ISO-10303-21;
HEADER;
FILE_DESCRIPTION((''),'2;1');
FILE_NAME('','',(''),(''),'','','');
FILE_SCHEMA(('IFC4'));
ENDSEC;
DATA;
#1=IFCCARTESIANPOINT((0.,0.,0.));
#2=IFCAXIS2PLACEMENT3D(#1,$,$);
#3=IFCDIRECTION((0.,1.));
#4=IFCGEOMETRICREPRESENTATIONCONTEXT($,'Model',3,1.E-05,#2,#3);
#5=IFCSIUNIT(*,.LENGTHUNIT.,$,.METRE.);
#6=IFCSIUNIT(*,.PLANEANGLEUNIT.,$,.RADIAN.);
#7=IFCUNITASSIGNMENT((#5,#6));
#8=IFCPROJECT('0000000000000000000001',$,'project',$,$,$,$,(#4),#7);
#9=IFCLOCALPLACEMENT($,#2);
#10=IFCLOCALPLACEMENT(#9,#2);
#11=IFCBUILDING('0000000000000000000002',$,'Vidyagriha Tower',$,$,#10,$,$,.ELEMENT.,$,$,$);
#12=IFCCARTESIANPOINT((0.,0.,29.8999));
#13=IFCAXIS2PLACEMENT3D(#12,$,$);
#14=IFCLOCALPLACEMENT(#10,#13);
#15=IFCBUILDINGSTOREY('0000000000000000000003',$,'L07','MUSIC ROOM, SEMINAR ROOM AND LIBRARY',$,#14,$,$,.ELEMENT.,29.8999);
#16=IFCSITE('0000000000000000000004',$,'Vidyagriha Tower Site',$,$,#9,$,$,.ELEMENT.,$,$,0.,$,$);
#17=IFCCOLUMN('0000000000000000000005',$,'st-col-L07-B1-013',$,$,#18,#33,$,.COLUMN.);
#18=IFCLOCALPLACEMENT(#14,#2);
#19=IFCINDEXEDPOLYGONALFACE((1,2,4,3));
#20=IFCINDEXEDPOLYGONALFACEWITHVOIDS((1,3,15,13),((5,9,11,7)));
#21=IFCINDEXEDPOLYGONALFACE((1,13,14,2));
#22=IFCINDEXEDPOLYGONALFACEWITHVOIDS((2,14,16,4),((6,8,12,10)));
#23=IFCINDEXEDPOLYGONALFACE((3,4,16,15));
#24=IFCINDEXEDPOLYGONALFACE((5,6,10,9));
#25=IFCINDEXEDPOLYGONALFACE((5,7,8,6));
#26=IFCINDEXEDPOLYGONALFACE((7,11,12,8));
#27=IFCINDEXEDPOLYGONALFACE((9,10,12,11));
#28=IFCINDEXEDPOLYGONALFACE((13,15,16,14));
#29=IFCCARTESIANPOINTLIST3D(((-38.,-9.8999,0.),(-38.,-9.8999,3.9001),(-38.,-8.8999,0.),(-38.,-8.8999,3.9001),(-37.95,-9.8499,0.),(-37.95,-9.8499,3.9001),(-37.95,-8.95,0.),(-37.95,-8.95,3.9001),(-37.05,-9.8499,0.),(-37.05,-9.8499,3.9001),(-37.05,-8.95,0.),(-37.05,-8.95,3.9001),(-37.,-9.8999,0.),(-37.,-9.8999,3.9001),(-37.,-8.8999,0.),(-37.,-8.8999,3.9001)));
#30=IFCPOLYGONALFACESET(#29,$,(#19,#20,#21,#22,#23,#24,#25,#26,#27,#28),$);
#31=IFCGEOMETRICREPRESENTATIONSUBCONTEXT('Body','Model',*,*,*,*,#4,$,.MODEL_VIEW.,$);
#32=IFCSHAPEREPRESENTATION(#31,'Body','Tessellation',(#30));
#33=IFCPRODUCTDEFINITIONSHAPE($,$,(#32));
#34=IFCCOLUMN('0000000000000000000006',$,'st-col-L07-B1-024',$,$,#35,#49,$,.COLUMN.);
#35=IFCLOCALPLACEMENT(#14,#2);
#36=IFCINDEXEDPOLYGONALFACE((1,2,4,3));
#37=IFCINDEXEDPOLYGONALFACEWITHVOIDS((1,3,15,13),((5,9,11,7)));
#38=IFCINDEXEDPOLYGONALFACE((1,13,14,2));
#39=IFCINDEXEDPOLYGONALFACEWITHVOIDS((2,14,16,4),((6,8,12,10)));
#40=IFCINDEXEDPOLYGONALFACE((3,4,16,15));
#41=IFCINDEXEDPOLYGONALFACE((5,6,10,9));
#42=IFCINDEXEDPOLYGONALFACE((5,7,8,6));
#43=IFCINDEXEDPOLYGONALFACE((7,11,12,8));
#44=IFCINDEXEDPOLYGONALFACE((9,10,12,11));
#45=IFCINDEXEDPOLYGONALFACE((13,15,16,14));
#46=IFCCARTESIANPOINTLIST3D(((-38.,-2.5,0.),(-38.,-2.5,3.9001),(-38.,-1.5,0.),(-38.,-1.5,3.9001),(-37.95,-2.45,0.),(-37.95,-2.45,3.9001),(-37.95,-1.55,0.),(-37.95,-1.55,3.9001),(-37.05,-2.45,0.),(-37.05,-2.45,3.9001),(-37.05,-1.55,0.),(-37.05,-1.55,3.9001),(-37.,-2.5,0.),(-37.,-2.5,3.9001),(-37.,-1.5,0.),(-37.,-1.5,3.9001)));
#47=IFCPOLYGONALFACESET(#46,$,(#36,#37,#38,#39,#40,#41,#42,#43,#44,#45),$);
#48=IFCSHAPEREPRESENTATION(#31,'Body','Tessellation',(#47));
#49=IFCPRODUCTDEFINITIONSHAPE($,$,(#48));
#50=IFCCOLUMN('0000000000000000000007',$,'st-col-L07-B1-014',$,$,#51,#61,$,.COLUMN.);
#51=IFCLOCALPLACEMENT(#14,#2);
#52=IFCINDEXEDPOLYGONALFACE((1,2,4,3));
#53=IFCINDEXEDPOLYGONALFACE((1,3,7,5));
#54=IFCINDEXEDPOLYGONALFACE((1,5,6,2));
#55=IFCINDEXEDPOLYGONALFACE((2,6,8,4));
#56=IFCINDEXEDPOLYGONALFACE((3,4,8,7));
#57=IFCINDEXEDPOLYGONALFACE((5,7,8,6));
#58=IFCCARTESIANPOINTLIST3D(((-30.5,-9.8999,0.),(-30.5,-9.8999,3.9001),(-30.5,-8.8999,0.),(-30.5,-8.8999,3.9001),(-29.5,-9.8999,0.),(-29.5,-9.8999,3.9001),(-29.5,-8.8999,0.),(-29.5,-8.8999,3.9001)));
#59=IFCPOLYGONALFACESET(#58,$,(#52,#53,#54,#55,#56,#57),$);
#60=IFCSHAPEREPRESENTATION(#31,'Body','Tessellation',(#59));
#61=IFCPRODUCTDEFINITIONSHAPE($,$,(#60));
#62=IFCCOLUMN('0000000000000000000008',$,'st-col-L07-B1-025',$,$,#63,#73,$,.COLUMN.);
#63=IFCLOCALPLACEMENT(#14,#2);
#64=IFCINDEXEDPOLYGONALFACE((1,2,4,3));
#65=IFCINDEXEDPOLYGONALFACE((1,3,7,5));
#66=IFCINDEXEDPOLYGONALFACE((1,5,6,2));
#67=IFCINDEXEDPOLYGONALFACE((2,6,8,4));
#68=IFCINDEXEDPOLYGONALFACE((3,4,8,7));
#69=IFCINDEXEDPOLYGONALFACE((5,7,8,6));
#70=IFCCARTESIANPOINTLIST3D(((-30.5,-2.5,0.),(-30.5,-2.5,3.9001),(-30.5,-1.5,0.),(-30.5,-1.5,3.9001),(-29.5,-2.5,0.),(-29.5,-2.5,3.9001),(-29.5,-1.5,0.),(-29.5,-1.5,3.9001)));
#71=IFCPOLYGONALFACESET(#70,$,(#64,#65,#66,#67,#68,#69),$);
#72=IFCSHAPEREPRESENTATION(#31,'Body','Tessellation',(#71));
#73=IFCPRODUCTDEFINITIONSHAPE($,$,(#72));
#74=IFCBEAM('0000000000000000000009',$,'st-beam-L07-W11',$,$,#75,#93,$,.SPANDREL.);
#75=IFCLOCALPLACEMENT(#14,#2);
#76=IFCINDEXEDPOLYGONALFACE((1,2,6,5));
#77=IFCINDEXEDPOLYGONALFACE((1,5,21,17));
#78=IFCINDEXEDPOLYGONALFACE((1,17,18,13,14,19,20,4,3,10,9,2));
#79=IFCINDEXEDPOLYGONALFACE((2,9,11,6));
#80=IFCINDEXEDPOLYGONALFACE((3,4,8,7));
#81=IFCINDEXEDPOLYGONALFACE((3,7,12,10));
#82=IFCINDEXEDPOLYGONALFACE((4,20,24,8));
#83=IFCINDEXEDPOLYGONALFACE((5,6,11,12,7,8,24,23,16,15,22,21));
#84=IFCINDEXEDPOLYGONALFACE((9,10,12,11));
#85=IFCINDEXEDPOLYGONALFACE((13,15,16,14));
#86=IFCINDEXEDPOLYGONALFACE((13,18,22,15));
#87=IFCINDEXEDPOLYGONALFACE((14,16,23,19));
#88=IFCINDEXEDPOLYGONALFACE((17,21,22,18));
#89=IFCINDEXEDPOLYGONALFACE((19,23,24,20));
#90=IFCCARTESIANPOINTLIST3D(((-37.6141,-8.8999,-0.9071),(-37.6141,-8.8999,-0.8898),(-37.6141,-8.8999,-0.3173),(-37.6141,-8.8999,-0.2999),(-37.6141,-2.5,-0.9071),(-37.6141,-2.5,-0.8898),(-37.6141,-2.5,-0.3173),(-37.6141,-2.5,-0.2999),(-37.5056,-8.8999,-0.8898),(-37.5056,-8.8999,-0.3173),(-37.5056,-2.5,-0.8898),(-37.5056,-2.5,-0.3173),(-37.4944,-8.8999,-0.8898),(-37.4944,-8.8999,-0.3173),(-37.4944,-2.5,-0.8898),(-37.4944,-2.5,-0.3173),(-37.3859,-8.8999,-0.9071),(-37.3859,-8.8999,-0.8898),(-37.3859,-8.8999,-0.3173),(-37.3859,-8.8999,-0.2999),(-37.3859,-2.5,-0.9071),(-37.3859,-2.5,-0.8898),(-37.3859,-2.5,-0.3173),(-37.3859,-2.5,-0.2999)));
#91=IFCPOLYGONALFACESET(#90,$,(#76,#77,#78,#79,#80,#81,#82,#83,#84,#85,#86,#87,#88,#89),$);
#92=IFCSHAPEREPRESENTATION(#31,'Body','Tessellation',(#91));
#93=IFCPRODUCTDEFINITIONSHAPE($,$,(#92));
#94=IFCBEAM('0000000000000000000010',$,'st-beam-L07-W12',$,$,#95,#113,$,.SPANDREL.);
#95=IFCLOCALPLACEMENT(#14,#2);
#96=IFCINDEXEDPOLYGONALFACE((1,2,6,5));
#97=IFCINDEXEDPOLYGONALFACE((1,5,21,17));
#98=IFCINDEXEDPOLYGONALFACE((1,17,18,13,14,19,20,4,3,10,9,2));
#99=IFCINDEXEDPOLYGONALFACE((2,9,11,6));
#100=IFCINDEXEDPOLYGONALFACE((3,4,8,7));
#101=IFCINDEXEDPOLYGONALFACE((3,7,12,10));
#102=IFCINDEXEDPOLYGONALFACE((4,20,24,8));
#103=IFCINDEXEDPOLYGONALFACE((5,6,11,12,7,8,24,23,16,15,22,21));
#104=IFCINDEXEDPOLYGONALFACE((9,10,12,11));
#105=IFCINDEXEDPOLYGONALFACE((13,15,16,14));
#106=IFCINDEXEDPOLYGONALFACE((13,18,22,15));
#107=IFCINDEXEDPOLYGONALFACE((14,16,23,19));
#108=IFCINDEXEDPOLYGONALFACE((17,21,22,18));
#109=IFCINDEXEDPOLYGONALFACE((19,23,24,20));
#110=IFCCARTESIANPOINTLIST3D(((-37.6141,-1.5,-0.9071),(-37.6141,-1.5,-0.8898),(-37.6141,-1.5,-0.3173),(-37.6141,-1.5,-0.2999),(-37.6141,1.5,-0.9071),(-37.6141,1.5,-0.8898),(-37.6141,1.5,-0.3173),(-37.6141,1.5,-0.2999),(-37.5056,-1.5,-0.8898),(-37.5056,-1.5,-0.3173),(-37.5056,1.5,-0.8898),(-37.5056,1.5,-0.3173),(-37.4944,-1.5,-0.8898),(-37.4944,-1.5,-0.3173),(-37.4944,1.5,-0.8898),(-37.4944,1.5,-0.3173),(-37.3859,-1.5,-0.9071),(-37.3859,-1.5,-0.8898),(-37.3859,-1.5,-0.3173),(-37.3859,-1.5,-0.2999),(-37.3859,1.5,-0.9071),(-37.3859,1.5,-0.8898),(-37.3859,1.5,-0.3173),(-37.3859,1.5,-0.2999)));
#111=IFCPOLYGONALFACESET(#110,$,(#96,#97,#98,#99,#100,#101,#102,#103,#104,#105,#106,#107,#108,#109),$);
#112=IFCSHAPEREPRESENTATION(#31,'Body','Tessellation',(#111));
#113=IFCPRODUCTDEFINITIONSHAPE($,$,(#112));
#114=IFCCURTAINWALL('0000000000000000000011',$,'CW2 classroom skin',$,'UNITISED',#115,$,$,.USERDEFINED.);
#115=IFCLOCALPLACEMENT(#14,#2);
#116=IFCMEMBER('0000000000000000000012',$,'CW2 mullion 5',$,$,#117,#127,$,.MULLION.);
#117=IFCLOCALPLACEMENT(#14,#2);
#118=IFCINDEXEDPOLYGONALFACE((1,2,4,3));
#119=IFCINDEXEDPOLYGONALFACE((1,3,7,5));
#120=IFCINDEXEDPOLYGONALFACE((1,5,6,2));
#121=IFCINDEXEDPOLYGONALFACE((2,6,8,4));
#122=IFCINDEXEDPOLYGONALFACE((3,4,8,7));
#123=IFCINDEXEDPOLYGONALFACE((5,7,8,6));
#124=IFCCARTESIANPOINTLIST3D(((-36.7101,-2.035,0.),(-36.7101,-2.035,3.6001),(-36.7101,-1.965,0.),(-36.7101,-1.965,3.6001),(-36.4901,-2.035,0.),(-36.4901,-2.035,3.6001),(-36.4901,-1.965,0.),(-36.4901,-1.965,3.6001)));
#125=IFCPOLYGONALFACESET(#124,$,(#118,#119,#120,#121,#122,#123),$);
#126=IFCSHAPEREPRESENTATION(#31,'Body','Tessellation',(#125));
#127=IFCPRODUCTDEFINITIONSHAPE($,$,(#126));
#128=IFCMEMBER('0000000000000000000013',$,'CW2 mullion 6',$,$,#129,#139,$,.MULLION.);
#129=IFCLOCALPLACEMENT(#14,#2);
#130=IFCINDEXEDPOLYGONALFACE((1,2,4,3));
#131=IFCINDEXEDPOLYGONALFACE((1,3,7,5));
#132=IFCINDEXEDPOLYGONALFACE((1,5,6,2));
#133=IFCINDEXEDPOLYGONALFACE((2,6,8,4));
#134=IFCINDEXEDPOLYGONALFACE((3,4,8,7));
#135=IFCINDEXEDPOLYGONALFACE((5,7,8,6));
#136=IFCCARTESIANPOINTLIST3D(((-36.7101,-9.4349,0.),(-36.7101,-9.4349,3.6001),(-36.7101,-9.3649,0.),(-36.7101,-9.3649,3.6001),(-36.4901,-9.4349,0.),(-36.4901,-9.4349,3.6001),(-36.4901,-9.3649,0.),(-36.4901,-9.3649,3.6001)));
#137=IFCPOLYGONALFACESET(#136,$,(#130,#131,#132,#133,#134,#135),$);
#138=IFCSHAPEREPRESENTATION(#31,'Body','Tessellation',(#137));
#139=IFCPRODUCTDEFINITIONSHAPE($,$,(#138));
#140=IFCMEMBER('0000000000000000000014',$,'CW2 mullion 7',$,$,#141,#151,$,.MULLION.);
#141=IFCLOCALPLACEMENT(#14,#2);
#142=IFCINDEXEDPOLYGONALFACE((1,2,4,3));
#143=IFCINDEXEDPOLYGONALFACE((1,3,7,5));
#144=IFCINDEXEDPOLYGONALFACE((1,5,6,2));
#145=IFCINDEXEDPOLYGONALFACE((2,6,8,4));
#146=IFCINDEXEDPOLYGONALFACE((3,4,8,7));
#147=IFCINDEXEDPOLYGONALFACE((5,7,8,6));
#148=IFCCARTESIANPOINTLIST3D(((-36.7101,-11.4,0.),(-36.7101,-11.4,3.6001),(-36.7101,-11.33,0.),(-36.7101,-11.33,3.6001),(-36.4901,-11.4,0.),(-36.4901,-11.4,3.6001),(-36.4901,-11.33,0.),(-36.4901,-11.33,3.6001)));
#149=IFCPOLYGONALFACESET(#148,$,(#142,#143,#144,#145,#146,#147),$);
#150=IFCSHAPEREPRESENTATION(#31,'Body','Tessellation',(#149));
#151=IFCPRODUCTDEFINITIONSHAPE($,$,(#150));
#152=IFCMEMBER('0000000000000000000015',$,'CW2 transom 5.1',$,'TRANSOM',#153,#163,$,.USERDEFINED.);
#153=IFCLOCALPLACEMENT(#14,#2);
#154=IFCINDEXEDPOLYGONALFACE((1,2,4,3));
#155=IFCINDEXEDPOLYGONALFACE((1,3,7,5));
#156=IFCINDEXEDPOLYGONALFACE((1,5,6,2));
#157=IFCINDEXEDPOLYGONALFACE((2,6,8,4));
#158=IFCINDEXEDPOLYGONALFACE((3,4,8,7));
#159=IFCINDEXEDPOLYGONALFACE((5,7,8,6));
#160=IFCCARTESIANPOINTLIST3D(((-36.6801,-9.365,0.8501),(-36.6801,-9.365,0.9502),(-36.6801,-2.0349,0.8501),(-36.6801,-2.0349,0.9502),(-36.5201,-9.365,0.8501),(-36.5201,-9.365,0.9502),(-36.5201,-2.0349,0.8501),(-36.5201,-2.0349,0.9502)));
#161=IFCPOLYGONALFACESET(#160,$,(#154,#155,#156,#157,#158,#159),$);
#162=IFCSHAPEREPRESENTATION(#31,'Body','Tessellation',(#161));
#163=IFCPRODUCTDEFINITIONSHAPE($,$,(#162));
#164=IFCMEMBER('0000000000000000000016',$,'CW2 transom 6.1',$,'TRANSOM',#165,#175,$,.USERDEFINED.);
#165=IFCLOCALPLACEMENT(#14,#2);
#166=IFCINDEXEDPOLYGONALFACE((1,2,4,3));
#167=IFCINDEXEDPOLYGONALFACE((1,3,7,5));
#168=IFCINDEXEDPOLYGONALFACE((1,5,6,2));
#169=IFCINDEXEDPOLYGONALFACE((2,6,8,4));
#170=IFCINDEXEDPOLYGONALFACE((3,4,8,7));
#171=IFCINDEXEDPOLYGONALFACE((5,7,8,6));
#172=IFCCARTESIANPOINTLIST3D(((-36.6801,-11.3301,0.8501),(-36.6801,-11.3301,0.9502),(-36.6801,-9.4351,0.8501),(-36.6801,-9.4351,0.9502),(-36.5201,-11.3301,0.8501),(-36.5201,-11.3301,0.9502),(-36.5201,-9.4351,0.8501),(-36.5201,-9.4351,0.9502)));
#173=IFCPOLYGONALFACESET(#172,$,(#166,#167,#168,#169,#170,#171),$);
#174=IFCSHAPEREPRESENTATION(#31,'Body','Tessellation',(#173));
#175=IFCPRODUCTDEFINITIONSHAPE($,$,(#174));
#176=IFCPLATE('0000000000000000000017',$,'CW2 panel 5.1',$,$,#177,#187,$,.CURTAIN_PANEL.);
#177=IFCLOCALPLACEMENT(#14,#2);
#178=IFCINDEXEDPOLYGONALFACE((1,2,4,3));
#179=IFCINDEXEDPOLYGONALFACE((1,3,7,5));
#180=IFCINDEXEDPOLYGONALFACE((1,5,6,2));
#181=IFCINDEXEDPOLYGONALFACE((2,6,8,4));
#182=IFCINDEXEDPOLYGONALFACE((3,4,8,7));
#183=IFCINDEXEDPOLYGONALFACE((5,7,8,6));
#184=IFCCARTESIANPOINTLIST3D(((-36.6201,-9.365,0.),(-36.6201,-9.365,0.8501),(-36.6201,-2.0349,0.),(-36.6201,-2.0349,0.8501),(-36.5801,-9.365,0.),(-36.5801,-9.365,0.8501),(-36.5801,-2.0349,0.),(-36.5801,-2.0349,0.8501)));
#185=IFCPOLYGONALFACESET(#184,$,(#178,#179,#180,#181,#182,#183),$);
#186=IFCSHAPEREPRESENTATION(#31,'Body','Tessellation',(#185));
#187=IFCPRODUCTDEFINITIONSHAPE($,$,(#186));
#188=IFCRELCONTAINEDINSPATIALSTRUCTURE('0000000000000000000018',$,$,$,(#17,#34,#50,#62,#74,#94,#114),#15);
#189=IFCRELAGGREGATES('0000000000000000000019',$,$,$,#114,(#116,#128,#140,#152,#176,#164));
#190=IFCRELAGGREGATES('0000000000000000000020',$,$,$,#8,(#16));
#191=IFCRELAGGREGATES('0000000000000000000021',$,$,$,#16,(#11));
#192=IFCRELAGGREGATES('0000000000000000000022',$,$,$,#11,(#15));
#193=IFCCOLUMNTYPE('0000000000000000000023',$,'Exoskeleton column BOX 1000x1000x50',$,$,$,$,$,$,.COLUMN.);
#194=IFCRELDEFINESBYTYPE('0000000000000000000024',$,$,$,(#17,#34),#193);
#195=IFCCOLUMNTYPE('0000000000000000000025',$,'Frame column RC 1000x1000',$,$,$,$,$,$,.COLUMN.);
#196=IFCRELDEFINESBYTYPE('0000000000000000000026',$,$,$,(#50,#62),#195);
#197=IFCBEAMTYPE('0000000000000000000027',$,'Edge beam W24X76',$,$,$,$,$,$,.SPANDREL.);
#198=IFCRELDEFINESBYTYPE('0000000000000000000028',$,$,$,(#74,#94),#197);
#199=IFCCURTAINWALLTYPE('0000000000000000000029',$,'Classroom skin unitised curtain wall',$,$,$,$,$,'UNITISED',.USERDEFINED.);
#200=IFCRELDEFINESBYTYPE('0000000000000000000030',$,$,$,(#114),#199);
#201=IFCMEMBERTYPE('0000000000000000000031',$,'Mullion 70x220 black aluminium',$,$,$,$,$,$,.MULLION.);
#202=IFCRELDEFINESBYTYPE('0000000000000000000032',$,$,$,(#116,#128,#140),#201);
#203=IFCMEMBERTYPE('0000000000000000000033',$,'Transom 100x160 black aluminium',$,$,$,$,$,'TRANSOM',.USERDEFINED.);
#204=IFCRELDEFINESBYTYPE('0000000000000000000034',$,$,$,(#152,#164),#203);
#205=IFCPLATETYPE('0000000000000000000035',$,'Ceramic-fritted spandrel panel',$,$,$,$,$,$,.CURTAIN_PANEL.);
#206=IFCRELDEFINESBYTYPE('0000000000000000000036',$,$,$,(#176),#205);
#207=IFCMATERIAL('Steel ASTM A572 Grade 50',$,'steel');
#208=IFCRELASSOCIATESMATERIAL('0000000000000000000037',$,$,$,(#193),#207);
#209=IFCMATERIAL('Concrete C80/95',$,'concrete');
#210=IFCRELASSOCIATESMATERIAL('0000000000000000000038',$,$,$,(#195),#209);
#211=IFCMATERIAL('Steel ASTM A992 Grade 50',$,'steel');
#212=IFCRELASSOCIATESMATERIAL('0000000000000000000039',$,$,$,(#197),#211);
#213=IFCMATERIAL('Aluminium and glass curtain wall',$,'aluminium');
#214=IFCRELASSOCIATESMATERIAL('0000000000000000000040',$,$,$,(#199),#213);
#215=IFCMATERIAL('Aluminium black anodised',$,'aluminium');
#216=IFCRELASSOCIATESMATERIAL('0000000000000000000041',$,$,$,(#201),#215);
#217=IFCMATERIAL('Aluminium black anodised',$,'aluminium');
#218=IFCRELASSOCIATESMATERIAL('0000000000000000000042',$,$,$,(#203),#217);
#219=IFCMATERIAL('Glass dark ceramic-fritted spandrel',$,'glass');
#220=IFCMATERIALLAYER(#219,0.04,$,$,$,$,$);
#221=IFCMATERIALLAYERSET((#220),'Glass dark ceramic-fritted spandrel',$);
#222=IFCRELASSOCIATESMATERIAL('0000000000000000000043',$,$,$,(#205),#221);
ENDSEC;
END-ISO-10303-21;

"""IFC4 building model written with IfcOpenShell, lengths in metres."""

from ifc_helpers import new_model, si_unit, direction, frame, origin, origin_2d, place, context, subcontext, project, spatial, rectangle, hollow_rectangle, i_section, extrude, material, layer, layer_set, material_profile, profile_set, type_object, element, aggregate, save


model = new_model("IFC4")

# Units and contexts
model_context = context("Model", 3, precision=1e-05, world=origin(), true_north=direction((0.0, 1.0)))
body_context = subcontext(model_context, "Body", "Model", "MODEL_VIEW")
ifc_project = project(units=[si_unit("LENGTHUNIT", "METRE"), si_unit("PLANEANGLEUNIT", "RADIAN")], contexts=[model_context])

# Site, building, storey
site_placement = place(None, origin())
site = spatial("IfcSite", under=ifc_project, at=site_placement, Name="Vidyagriha Tower Site", CompositionType="ELEMENT", RefElevation=0.0)
building_placement = place(site_placement, origin())
building = spatial("IfcBuilding", under=site, at=building_placement, Name="Vidyagriha Tower", CompositionType="ELEMENT")
storey_placement = place(building_placement, frame((0.0, 0.0, 29.8999)))
storey = spatial("IfcBuildingStorey", under=building, at=storey_placement, Name="L07", Description="MUSIC ROOM, SEMINAR ROOM AND LIBRARY", CompositionType="ELEMENT", Elevation=29.8999)

# Columns
ifc_material_1 = material(Name="Steel ASTM A572 Grade 50", Category="steel")
ifc_material_profile_1 = material_profile(ifc_material_1, hollow_rectangle(XDim=1.0, YDim=1.0, WallThickness=0.05, at=origin_2d()), Name="BOX 1000x1000x50")
ifc_profile_set_1 = profile_set([ifc_material_profile_1], Name="Steel ASTM A572 Grade 50")
column_type_1 = type_object("IfcColumnType", Name="Exoskeleton column BOX 1000x1000x50", PredefinedType="COLUMN", material=ifc_profile_set_1)
for number, where, name in (
    (1, (-37.5, -9.3999, 0.0), "st-col-L07-B1-013"),
    (2, (-37.5, -2.0, 0.0), "st-col-L07-B1-024"),
):
    element("IfcColumn", number, at=place(storey_placement, frame(where)), inside=storey, type_object=column_type_1, Name=name, PredefinedType="COLUMN", context=body_context, shape_type="SweptSolid", body=[
        extrude(hollow_rectangle(XDim=1.0, YDim=1.0, WallThickness=0.05, at=origin_2d()), origin(), (0.0, 0.0, 1.0), 3.9001),
    ])
ifc_material_2 = material(Name="Concrete C80/95", Category="concrete")
ifc_material_profile_2 = material_profile(ifc_material_2, rectangle(XDim=1.0, YDim=1.0, at=origin_2d()), Name="RC 1000x1000")
ifc_profile_set_2 = profile_set([ifc_material_profile_2], Name="Concrete C80/95")
column_type_2 = type_object("IfcColumnType", Name="Frame column RC 1000x1000", PredefinedType="COLUMN", material=ifc_profile_set_2)
for number, where, name in (
    (3, (-30.0, -9.3999, 0.0), "st-col-L07-B1-014"),
    (4, (-30.0, -2.0, 0.0), "st-col-L07-B1-025"),
):
    element("IfcColumn", number, at=place(storey_placement, frame(where)), inside=storey, type_object=column_type_2, Name=name, PredefinedType="COLUMN", context=body_context, shape_type="SweptSolid", body=[
        extrude(rectangle(XDim=1.0, YDim=1.0, at=origin_2d()), origin(), (0.0, 0.0, 1.0), 3.9001),
    ])

# Beams
ifc_material_3 = material(Name="Steel ASTM A992 Grade 50", Category="steel")
ifc_material_profile_3 = material_profile(ifc_material_3, i_section(OverallWidth=0.2283, OverallDepth=0.6072, WebThickness=0.0112, FlangeThickness=0.0173, at=origin_2d()), Name="W24X76")
ifc_profile_set_3 = profile_set([ifc_material_profile_3], Name="Steel ASTM A992 Grade 50")
beam_type = type_object("IfcBeamType", Name="Edge beam W24X76", PredefinedType="SPANDREL", material=ifc_profile_set_3)
beam_1_placement = place(storey_placement, frame((-37.5, -8.8999, -0.6035), z_axis=(0.0, 1.0, 0.0), x_axis=(-1.0, 0.0, 0.0)))
element("IfcBeam", 5, at=beam_1_placement, inside=storey, type_object=beam_type, Name="st-beam-L07-W11", PredefinedType="SPANDREL", context=body_context, shape_type="SweptSolid", body=[
    extrude(i_section(OverallWidth=0.2283, OverallDepth=0.6072, WebThickness=0.0112, FlangeThickness=0.0173, at=origin_2d()), origin(), (0.0, 0.0, 1.0), 6.3999),
])
beam_2_placement = place(storey_placement, frame((-37.5, -1.5, -0.6035), z_axis=(0.0, 1.0, 0.0), x_axis=(-1.0, 0.0, 0.0)))
element("IfcBeam", 6, at=beam_2_placement, inside=storey, type_object=beam_type, Name="st-beam-L07-W12", PredefinedType="SPANDREL", context=body_context, shape_type="SweptSolid", body=[
    extrude(i_section(OverallWidth=0.2283, OverallDepth=0.6072, WebThickness=0.0112, FlangeThickness=0.0173, at=origin_2d()), origin(), (0.0, 0.0, 1.0), 3.0),
])

# Curtain wall, members, plate
ifc_material_4 = material(Name="Aluminium and glass curtain wall", Category="aluminium")
curtain_wall_type = type_object("IfcCurtainWallType", Name="Classroom skin unitised curtain wall", ElementType="UNITISED", PredefinedType="USERDEFINED", material=ifc_material_4)
curtain_wall_placement = place(storey_placement, origin())
curtain_wall = element("IfcCurtainWall", 7, at=curtain_wall_placement, inside=storey, type_object=curtain_wall_type, Name="CW2 classroom skin", ObjectType="UNITISED", PredefinedType="USERDEFINED")
ifc_material_5 = material(Name="Aluminium black anodised", Category="aluminium")
ifc_material_profile_4 = material_profile(ifc_material_5, rectangle(XDim=0.22, YDim=0.0701, at=origin_2d()), Name="Mullion 70x220 black aluminium")
ifc_profile_set_4 = profile_set([ifc_material_profile_4], Name="Aluminium black anodised")
member_type_1 = type_object("IfcMemberType", Name="Mullion 70x220 black aluminium", PredefinedType="MULLION", material=ifc_profile_set_4)
member_1_placement = place(storey_placement, frame((-36.6001, -2.0, 0.0)))
member_1 = element("IfcMember", 8, at=member_1_placement, type_object=member_type_1, Name="CW2 mullion 5", PredefinedType="MULLION", context=body_context, shape_type="SweptSolid", body=[
    extrude(rectangle(XDim=0.22, YDim=0.0701, at=origin_2d()), origin(), (0.0, 0.0, 1.0), 3.6001),
])
member_2_placement = place(storey_placement, frame((-36.6001, -9.3999, 0.0)))
member_2 = element("IfcMember", 9, at=member_2_placement, type_object=member_type_1, Name="CW2 mullion 6", PredefinedType="MULLION", context=body_context, shape_type="SweptSolid", body=[
    extrude(rectangle(XDim=0.22, YDim=0.0701, at=origin_2d()), origin(), (0.0, 0.0, 1.0), 3.6001),
])
member_3_placement = place(storey_placement, frame((-36.6001, -11.365, 0.0)))
member_3 = element("IfcMember", 10, at=member_3_placement, type_object=member_type_1, Name="CW2 mullion 7", PredefinedType="MULLION", context=body_context, shape_type="SweptSolid", body=[
    extrude(rectangle(XDim=0.22, YDim=0.0701, at=origin_2d()), origin(), (0.0, 0.0, 1.0), 3.6001),
])
ifc_material_6 = material(Name="Aluminium black anodised", Category="aluminium")
ifc_material_profile_5 = material_profile(ifc_material_6, rectangle(XDim=0.1599, YDim=0.1001, at=origin_2d()), Name="Transom 100x160 black aluminium")
ifc_profile_set_5 = profile_set([ifc_material_profile_5], Name="Aluminium black anodised")
member_type_2 = type_object("IfcMemberType", Name="Transom 100x160 black aluminium", ElementType="TRANSOM", PredefinedType="USERDEFINED", material=ifc_profile_set_5)
member_4_placement = place(storey_placement, frame((-36.6001, -2.0349, 0.9001), z_axis=(0.0, -1.0, 0.0), x_axis=(1.0, 0.0, 0.0)))
member_4 = element("IfcMember", 11, at=member_4_placement, type_object=member_type_2, Name="CW2 transom 5.1", ObjectType="TRANSOM", PredefinedType="USERDEFINED", context=body_context, shape_type="SweptSolid", body=[
    extrude(rectangle(XDim=0.1599, YDim=0.1001, at=origin_2d()), origin(), (0.0, 0.0, 1.0), 7.3301),
])
member_5_placement = place(storey_placement, frame((-36.6001, -9.4351, 0.9001), z_axis=(0.0, -1.0, 0.0), x_axis=(1.0, 0.0, 0.0)))
member_5 = element("IfcMember", 12, at=member_5_placement, type_object=member_type_2, Name="CW2 transom 6.1", ObjectType="TRANSOM", PredefinedType="USERDEFINED", context=body_context, shape_type="SweptSolid", body=[
    extrude(rectangle(XDim=0.1599, YDim=0.1001, at=origin_2d()), origin(), (0.0, 0.0, 1.0), 1.895),
])
ifc_material_7 = material(Name="Glass dark ceramic-fritted spandrel", Category="glass")
ifc_layer_1 = layer(ifc_material_7, 0.04)
ifc_layer_set_1 = layer_set([ifc_layer_1], Name="Glass dark ceramic-fritted spandrel")
plate_type_1 = type_object("IfcPlateType", Name="Ceramic-fritted spandrel panel", PredefinedType="CURTAIN_PANEL", material=ifc_layer_set_1)
plate_1_placement = place(storey_placement, frame((-36.6001, -5.7, 0.0), z_axis=(0.0, 0.0, 1.0), x_axis=(0.0, -1.0, 0.0)))
plate_1 = element("IfcPlate", 13, at=plate_1_placement, type_object=plate_type_1, Name="CW2 panel 5.1", PredefinedType="CURTAIN_PANEL", context=body_context, shape_type="SweptSolid", body=[
    extrude(rectangle(XDim=7.3301, YDim=0.04, at=origin_2d()), origin(), (0.0, 0.0, 1.0), 0.8501),
])
aggregate(curtain_wall, [member_1, member_2, member_3, member_4, plate_1, member_5])

save(model, "model.ifc")
